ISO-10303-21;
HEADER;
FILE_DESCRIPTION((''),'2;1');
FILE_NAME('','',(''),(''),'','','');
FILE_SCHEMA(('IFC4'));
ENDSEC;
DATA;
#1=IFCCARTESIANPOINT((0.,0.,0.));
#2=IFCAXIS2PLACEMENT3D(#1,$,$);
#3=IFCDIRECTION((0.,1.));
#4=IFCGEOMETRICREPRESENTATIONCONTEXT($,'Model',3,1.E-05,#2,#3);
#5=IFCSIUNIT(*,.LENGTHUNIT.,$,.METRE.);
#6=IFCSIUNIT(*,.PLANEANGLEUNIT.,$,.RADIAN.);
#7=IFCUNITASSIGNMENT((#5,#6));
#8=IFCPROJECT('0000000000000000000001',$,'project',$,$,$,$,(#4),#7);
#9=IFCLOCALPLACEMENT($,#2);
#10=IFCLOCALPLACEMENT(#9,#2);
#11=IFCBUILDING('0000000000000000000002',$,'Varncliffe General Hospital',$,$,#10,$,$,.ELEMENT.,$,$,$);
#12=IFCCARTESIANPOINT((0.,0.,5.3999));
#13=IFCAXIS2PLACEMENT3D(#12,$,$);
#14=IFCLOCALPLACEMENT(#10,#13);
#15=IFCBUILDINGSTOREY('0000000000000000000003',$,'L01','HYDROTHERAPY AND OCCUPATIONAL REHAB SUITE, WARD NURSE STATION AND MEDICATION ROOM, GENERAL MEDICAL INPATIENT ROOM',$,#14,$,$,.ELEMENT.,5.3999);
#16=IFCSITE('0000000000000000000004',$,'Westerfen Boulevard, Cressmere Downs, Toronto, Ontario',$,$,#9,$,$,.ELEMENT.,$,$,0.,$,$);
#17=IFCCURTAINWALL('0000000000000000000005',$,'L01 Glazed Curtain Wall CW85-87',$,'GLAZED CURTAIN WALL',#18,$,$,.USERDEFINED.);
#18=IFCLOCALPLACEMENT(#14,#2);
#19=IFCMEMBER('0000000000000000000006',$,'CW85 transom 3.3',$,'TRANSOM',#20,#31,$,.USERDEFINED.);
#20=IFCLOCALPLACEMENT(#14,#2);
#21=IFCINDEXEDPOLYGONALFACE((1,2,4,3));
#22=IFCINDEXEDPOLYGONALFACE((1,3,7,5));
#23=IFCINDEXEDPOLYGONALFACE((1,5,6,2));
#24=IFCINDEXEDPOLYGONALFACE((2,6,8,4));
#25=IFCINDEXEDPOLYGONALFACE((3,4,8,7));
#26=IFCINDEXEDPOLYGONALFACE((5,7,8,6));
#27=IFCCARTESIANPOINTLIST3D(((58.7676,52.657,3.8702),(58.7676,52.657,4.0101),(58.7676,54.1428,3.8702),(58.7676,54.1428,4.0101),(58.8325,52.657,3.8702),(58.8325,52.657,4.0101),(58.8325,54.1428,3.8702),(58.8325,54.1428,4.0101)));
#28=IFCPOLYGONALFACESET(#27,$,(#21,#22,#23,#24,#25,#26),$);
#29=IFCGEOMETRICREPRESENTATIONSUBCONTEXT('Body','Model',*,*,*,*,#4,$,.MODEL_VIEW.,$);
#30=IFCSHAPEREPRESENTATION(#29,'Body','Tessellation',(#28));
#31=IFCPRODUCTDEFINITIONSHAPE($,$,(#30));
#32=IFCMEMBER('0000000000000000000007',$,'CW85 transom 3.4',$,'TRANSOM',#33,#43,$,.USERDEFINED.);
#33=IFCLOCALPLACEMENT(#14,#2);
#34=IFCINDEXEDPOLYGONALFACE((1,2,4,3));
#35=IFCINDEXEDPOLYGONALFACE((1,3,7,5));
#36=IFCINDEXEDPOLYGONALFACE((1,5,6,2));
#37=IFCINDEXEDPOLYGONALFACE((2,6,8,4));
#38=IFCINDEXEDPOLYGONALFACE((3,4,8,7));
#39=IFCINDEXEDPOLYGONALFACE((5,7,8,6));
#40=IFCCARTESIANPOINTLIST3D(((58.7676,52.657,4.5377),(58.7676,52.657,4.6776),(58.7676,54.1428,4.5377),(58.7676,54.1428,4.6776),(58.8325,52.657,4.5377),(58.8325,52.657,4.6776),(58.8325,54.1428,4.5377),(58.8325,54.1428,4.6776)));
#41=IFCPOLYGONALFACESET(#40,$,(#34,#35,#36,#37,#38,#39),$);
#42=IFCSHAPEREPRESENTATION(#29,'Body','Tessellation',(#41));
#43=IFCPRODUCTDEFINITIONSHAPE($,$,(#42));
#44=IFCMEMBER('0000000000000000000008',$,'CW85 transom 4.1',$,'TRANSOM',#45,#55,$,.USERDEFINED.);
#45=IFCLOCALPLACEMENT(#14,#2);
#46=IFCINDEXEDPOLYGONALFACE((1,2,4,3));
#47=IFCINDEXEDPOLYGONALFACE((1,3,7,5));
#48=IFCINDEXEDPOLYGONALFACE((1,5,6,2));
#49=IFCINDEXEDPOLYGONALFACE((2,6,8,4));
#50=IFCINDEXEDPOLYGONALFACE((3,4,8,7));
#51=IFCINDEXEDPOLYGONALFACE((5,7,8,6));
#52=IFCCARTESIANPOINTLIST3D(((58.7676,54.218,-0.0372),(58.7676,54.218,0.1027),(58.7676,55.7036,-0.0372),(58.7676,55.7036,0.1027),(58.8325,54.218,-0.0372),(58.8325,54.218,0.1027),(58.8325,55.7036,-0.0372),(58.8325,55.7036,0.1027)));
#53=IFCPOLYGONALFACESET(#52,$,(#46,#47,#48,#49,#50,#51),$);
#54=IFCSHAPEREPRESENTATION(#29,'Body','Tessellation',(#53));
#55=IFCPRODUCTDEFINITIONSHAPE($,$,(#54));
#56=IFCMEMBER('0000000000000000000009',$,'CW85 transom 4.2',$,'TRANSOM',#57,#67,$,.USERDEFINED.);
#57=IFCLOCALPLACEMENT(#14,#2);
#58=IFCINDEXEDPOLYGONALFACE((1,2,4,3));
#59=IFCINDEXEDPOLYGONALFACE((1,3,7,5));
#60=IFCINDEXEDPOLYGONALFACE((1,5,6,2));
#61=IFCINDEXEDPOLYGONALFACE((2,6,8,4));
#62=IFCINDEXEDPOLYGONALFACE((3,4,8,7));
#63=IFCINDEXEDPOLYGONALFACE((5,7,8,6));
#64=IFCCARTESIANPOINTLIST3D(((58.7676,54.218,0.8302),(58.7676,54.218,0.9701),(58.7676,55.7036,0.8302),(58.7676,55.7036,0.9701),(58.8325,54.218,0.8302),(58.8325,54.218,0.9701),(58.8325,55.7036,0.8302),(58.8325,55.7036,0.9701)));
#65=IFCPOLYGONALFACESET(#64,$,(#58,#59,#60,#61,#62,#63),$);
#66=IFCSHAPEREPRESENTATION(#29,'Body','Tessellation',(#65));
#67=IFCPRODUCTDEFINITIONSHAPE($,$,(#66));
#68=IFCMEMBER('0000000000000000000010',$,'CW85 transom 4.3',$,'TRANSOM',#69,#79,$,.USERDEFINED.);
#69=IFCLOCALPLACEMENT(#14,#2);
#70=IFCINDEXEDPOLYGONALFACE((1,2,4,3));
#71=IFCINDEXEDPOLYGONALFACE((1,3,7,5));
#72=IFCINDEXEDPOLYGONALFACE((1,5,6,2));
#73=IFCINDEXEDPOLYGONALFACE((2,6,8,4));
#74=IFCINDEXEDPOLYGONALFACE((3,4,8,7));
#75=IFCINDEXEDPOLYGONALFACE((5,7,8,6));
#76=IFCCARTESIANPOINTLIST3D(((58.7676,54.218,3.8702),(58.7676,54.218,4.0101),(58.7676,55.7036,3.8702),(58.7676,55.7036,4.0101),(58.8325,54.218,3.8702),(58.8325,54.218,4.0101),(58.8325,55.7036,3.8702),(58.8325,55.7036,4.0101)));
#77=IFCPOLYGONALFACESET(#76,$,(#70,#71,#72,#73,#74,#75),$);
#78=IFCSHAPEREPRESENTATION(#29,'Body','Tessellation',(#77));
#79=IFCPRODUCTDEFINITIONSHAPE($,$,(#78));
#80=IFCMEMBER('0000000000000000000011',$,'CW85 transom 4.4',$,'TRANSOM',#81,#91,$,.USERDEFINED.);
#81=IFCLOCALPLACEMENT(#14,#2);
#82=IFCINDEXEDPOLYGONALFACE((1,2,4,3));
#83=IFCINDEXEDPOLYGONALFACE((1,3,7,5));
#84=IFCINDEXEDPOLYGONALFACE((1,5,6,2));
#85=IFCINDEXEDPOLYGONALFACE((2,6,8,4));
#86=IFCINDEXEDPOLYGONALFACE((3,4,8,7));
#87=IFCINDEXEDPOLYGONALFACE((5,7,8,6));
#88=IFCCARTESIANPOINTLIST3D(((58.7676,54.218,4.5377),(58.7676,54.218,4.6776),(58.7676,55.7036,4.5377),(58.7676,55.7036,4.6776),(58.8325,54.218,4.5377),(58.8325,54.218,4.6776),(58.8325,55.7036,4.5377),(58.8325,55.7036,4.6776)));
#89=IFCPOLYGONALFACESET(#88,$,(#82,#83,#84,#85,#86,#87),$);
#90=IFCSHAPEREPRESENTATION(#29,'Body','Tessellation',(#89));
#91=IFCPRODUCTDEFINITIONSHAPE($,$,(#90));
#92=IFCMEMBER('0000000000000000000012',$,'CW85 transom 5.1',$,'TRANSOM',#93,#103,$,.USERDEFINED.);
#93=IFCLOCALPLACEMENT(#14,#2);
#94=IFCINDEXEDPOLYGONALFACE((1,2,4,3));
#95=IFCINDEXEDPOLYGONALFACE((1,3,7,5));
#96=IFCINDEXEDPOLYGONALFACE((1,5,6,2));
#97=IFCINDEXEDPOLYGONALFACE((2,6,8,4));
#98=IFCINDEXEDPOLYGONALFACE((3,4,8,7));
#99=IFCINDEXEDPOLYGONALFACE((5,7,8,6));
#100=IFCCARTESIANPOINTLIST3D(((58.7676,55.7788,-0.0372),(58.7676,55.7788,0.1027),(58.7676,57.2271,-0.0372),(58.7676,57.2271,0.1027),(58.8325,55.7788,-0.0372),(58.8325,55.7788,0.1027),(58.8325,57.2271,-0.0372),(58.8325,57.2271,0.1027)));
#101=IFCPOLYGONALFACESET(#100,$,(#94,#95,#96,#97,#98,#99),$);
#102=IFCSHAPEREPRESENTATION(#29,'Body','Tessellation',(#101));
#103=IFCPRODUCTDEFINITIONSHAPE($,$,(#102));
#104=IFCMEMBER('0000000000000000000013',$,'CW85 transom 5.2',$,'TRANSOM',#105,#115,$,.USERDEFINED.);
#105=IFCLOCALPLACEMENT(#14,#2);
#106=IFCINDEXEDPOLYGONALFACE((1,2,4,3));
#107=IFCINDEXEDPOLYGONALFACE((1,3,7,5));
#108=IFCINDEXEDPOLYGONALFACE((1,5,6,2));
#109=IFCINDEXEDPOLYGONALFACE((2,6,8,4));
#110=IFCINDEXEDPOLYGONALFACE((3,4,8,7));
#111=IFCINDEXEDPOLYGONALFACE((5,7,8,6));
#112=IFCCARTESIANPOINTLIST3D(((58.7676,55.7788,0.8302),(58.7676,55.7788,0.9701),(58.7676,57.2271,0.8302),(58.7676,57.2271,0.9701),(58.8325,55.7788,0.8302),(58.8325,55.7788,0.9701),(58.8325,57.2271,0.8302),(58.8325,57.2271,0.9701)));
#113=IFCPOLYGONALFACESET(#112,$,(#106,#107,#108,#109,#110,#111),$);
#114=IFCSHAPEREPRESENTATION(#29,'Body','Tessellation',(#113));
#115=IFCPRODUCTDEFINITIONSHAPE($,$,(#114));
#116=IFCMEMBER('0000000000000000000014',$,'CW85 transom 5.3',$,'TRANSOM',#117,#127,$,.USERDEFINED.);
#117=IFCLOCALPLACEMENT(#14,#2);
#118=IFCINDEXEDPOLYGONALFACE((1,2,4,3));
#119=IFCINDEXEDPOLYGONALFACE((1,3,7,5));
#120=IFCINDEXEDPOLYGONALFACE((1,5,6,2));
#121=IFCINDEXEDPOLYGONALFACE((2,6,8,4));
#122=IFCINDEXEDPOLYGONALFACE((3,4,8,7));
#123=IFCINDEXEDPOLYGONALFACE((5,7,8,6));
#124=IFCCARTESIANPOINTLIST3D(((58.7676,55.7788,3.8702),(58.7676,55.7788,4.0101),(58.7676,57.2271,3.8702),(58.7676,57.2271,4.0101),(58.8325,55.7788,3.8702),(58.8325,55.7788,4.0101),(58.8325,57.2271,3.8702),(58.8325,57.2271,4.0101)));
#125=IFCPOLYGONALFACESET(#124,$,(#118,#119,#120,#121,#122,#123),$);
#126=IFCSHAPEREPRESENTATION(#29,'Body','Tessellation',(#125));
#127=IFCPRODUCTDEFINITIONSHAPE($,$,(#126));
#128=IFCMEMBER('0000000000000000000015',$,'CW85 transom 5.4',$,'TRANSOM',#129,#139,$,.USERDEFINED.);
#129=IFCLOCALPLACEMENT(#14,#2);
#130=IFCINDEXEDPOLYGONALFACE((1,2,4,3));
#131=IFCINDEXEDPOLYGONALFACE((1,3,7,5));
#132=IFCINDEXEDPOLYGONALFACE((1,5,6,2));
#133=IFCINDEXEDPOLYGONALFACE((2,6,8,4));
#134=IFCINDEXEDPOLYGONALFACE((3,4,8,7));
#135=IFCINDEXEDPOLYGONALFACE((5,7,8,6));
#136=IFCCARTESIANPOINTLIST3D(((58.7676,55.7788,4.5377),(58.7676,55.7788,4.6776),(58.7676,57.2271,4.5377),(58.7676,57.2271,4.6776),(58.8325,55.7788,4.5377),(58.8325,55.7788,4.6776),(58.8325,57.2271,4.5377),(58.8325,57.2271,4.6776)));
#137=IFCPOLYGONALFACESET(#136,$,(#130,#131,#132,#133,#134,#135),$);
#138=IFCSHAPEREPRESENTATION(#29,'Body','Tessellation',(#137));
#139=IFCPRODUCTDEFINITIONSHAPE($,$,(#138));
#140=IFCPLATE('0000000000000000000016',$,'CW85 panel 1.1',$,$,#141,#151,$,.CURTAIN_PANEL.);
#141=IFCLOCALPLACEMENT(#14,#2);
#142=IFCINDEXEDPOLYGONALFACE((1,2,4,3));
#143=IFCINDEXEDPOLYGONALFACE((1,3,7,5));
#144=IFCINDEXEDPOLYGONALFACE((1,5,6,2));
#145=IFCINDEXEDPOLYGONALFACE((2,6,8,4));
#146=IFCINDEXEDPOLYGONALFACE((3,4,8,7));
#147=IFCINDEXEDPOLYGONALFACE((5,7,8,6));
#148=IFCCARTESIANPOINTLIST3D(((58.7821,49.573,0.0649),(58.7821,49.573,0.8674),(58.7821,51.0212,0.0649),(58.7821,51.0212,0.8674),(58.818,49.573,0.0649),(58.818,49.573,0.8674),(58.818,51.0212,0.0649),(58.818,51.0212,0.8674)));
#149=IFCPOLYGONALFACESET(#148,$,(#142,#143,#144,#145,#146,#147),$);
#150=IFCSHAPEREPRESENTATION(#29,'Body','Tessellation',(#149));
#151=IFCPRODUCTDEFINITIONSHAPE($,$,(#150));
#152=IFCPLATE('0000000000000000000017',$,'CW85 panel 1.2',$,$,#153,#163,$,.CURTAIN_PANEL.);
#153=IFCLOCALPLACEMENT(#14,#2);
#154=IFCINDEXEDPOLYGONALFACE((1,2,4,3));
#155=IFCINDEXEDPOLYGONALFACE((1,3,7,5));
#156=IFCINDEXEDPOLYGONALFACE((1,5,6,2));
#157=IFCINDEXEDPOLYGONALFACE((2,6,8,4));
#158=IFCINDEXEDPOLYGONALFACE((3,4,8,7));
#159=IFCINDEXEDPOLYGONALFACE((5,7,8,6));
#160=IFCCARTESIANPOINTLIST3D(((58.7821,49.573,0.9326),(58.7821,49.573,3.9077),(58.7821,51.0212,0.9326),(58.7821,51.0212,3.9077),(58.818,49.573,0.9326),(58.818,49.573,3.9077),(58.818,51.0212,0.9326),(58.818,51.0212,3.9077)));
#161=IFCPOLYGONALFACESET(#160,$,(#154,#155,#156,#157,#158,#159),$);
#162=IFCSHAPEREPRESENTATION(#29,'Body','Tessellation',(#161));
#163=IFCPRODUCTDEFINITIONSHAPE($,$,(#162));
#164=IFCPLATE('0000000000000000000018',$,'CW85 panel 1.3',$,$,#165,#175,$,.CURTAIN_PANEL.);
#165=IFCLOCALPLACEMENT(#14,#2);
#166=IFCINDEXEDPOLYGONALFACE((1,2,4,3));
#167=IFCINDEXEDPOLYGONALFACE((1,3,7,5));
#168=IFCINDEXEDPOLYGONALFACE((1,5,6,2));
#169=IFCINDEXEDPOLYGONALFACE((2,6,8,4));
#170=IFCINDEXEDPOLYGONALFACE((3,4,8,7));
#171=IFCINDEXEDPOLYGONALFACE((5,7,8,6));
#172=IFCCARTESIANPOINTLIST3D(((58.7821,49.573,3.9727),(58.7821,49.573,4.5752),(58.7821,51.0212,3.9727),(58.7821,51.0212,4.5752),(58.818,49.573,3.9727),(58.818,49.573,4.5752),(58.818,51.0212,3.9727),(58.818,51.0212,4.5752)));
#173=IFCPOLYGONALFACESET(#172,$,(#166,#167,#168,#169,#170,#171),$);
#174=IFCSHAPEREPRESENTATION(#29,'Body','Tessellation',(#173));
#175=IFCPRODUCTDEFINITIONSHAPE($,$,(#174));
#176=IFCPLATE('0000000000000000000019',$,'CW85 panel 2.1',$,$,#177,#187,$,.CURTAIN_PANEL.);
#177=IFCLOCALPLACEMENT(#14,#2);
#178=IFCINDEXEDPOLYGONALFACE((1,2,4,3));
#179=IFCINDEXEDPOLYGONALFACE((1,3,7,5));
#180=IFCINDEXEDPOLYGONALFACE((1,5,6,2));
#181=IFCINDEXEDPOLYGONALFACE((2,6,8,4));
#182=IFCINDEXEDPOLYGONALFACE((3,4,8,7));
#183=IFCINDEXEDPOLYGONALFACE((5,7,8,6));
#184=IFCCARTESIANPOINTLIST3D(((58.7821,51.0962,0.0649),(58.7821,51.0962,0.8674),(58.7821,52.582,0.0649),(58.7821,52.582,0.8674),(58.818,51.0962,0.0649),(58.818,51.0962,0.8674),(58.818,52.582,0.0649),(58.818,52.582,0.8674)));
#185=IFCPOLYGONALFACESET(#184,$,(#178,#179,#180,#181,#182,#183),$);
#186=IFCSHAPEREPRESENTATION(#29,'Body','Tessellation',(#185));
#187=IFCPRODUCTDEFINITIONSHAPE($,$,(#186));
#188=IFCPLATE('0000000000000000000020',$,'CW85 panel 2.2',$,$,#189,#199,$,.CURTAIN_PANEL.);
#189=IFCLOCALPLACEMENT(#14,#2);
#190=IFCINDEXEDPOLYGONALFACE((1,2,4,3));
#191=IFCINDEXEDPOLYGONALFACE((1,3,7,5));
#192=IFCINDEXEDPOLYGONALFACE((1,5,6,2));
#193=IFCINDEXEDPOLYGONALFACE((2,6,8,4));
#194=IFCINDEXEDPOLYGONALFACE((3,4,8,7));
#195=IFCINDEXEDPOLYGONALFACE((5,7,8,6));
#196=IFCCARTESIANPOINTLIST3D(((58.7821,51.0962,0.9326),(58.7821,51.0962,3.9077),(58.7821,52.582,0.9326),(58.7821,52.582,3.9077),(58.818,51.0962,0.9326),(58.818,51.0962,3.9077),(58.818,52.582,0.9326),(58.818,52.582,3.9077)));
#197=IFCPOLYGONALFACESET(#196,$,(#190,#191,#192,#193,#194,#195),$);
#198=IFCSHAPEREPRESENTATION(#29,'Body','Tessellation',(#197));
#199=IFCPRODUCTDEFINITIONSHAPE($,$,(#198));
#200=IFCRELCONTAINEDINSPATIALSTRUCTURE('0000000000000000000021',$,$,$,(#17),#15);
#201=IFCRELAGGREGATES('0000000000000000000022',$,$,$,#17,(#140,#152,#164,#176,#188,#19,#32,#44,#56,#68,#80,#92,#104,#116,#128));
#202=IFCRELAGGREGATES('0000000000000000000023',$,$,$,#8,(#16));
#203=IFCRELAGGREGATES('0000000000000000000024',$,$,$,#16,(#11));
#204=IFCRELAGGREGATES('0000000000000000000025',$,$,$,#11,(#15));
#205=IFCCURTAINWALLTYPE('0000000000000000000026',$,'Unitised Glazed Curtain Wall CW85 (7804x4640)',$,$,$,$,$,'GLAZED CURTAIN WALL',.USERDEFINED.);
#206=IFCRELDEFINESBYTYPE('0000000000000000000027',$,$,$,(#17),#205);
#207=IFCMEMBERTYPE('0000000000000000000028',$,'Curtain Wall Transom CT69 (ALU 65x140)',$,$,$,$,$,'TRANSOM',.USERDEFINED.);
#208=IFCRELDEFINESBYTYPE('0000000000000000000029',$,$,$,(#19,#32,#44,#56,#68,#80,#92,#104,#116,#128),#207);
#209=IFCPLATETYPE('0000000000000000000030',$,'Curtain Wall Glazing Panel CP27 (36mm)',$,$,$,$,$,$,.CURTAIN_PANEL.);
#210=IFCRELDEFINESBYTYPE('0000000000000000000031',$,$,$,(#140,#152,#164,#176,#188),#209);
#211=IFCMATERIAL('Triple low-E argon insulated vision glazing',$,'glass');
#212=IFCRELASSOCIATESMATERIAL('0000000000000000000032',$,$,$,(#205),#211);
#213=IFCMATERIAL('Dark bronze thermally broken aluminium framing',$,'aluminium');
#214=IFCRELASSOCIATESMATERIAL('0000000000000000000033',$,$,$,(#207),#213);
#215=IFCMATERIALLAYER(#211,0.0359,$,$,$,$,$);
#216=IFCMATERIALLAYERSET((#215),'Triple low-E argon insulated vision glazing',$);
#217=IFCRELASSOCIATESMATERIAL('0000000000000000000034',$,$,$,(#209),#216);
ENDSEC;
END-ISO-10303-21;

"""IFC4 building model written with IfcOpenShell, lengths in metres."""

from ifc_helpers import new_model, si_unit, direction, frame, origin, origin_2d, place, context, subcontext, project, spatial, rectangle, extrude, material, layer, layer_set, material_profile, profile_set, type_object, element, aggregate, save


model = new_model("IFC4")

# Units and contexts
model_context = context("Model", 3, precision=1e-05, world=origin(), true_north=direction((0.0, 1.0)))
body_context = subcontext(model_context, "Body", "Model", "MODEL_VIEW")
ifc_project = project(units=[si_unit("LENGTHUNIT", "METRE"), si_unit("PLANEANGLEUNIT", "RADIAN")], contexts=[model_context])

# Site, building, storey
site_placement = place(None, origin())
site = spatial("IfcSite", under=ifc_project, at=site_placement, Name="Westerfen Boulevard, Cressmere Downs, Toronto, Ontario", CompositionType="ELEMENT", RefElevation=0.0)
building_placement = place(site_placement, origin())
building = spatial("IfcBuilding", under=site, at=building_placement, Name="Varncliffe General Hospital", CompositionType="ELEMENT")
storey_placement = place(building_placement, frame((0.0, 0.0, 5.3999)))
storey = spatial("IfcBuildingStorey", under=building, at=storey_placement, Name="L01", Description="HYDROTHERAPY AND OCCUPATIONAL REHAB SUITE, WARD NURSE STATION AND MEDICATION ROOM, GENERAL MEDICAL INPATIENT ROOM", CompositionType="ELEMENT", Elevation=5.3999)

# Curtain wall
ifc_material_1 = material(Name="Triple low-E argon insulated vision glazing", Category="glass")
curtain_wall_type_1 = type_object("IfcCurtainWallType", Name="Unitised Glazed Curtain Wall CW85 (7804x4640)", ElementType="GLAZED CURTAIN WALL", PredefinedType="USERDEFINED", material=ifc_material_1)
curtain_wall_1_placement = place(storey_placement, origin())
curtain_wall_1 = element("IfcCurtainWall", 1, at=curtain_wall_1_placement, inside=storey, type_object=curtain_wall_type_1, Name="L01 Glazed Curtain Wall CW85-87", ObjectType="GLAZED CURTAIN WALL", PredefinedType="USERDEFINED")
ifc_material_2 = material(Name="Dark bronze thermally broken aluminium framing", Category="aluminium")

# Members
ifc_material_profile_1 = material_profile(ifc_material_2, rectangle(XDim=0.0649, YDim=0.1399, at=origin_2d()), Name="ALU 65x140")
ifc_profile_set_1 = profile_set([ifc_material_profile_1], Name="Dark bronze thermally broken aluminium framing")
member_type_1 = type_object("IfcMemberType", Name="Curtain Wall Transom CT69 (ALU 65x140)", ElementType="TRANSOM", PredefinedType="USERDEFINED", material=ifc_profile_set_1)
member_1_placement = place(storey_placement, frame((58.8, 52.657, 3.9402), z_axis=(0.0, 1.0, 0.0), x_axis=(-1.0, 0.0, 0.0)))
member_1 = element("IfcMember", 2, at=member_1_placement, type_object=member_type_1, Name="CW85 transom 3.3", ObjectType="TRANSOM", PredefinedType="USERDEFINED", context=body_context, shape_type="SweptSolid", body=[
    extrude(rectangle(XDim=0.0649, YDim=0.1399, at=origin_2d()), origin(), (0.0, 0.0, 1.0), 1.4858),
])
member_2_placement = place(storey_placement, frame((58.8, 52.657, 4.6077), z_axis=(0.0, 1.0, 0.0), x_axis=(-1.0, 0.0, 0.0)))
member_2 = element("IfcMember", 3, at=member_2_placement, type_object=member_type_1, Name="CW85 transom 3.4", ObjectType="TRANSOM", PredefinedType="USERDEFINED", context=body_context, shape_type="SweptSolid", body=[
    extrude(rectangle(XDim=0.0649, YDim=0.1399, at=origin_2d()), origin(), (0.0, 0.0, 1.0), 1.4858),
])
member_3_placement = place(storey_placement, frame((58.8, 54.218, 0.0327), z_axis=(0.0, 1.0, 0.0), x_axis=(-1.0, 0.0, 0.0)))
member_3 = element("IfcMember", 4, at=member_3_placement, type_object=member_type_1, Name="CW85 transom 4.1", ObjectType="TRANSOM", PredefinedType="USERDEFINED", context=body_context, shape_type="SweptSolid", body=[
    extrude(rectangle(XDim=0.0649, YDim=0.1399, at=origin_2d()), origin(), (0.0, 0.0, 1.0), 1.4856),
])
member_4_placement = place(storey_placement, frame((58.8, 54.218, 0.9001), z_axis=(0.0, 1.0, 0.0), x_axis=(-1.0, 0.0, 0.0)))
member_4 = element("IfcMember", 5, at=member_4_placement, type_object=member_type_1, Name="CW85 transom 4.2", ObjectType="TRANSOM", PredefinedType="USERDEFINED", context=body_context, shape_type="SweptSolid", body=[
    extrude(rectangle(XDim=0.0649, YDim=0.1399, at=origin_2d()), origin(), (0.0, 0.0, 1.0), 1.4856),
])
member_5_placement = place(storey_placement, frame((58.8, 54.218, 3.9402), z_axis=(0.0, 1.0, 0.0), x_axis=(-1.0, 0.0, 0.0)))
member_5 = element("IfcMember", 6, at=member_5_placement, type_object=member_type_1, Name="CW85 transom 4.3", ObjectType="TRANSOM", PredefinedType="USERDEFINED", context=body_context, shape_type="SweptSolid", body=[
    extrude(rectangle(XDim=0.0649, YDim=0.1399, at=origin_2d()), origin(), (0.0, 0.0, 1.0), 1.4856),
])
member_6_placement = place(storey_placement, frame((58.8, 54.218, 4.6077), z_axis=(0.0, 1.0, 0.0), x_axis=(-1.0, 0.0, 0.0)))
member_6 = element("IfcMember", 7, at=member_6_placement, type_object=member_type_1, Name="CW85 transom 4.4", ObjectType="TRANSOM", PredefinedType="USERDEFINED", context=body_context, shape_type="SweptSolid", body=[
    extrude(rectangle(XDim=0.0649, YDim=0.1399, at=origin_2d()), origin(), (0.0, 0.0, 1.0), 1.4856),
])
member_7_placement = place(storey_placement, frame((58.8, 55.7788, 0.0327), z_axis=(0.0, 1.0, 0.0), x_axis=(-1.0, 0.0, 0.0)))
member_7 = element("IfcMember", 8, at=member_7_placement, type_object=member_type_1, Name="CW85 transom 5.1", ObjectType="TRANSOM", PredefinedType="USERDEFINED", context=body_context, shape_type="SweptSolid", body=[
    extrude(rectangle(XDim=0.0649, YDim=0.1399, at=origin_2d()), origin(), (0.0, 0.0, 1.0), 1.4482),
])
member_8_placement = place(storey_placement, frame((58.8, 55.7788, 0.9001), z_axis=(0.0, 1.0, 0.0), x_axis=(-1.0, 0.0, 0.0)))
member_8 = element("IfcMember", 9, at=member_8_placement, type_object=member_type_1, Name="CW85 transom 5.2", ObjectType="TRANSOM", PredefinedType="USERDEFINED", context=body_context, shape_type="SweptSolid", body=[
    extrude(rectangle(XDim=0.0649, YDim=0.1399, at=origin_2d()), origin(), (0.0, 0.0, 1.0), 1.4482),
])
member_9_placement = place(storey_placement, frame((58.8, 55.7788, 3.9402), z_axis=(0.0, 1.0, 0.0), x_axis=(-1.0, 0.0, 0.0)))
member_9 = element("IfcMember", 10, at=member_9_placement, type_object=member_type_1, Name="CW85 transom 5.3", ObjectType="TRANSOM", PredefinedType="USERDEFINED", context=body_context, shape_type="SweptSolid", body=[
    extrude(rectangle(XDim=0.0649, YDim=0.1399, at=origin_2d()), origin(), (0.0, 0.0, 1.0), 1.4482),
])
member_10_placement = place(storey_placement, frame((58.8, 55.7788, 4.6077), z_axis=(0.0, 1.0, 0.0), x_axis=(-1.0, 0.0, 0.0)))
member_10 = element("IfcMember", 11, at=member_10_placement, type_object=member_type_1, Name="CW85 transom 5.4", ObjectType="TRANSOM", PredefinedType="USERDEFINED", context=body_context, shape_type="SweptSolid", body=[
    extrude(rectangle(XDim=0.0649, YDim=0.1399, at=origin_2d()), origin(), (0.0, 0.0, 1.0), 1.4482),
])

# Plates
ifc_layer = layer(ifc_material_1, 0.0359)
ifc_layer_set = layer_set([ifc_layer], Name="Triple low-E argon insulated vision glazing")
plate_type = type_object("IfcPlateType", Name="Curtain Wall Glazing Panel CP27 (36mm)", PredefinedType="CURTAIN_PANEL", material=ifc_layer_set)
plate_1_placement = place(storey_placement, frame((58.8, 50.2971, 0.0649), z_axis=(0.0, 0.0, 1.0), x_axis=(0.0, 1.0, 0.0)))
plate_1 = element("IfcPlate", 12, at=plate_1_placement, type_object=plate_type, Name="CW85 panel 1.1", PredefinedType="CURTAIN_PANEL", context=body_context, shape_type="SweptSolid", body=[
    extrude(rectangle(XDim=1.4482, YDim=0.0359, at=origin_2d()), origin(), (0.0, 0.0, 1.0), 0.8025),
])
plate_2_placement = place(storey_placement, frame((58.8, 50.2971, 0.9326), z_axis=(0.0, 0.0, 1.0), x_axis=(0.0, 1.0, 0.0)))
plate_2 = element("IfcPlate", 13, at=plate_2_placement, type_object=plate_type, Name="CW85 panel 1.2", PredefinedType="CURTAIN_PANEL", context=body_context, shape_type="SweptSolid", body=[
    extrude(rectangle(XDim=1.4482, YDim=0.0359, at=origin_2d()), origin(), (0.0, 0.0, 1.0), 2.9751),
])
plate_3_placement = place(storey_placement, frame((58.8, 50.2971, 3.9727), z_axis=(0.0, 0.0, 1.0), x_axis=(0.0, 1.0, 0.0)))
plate_3 = element("IfcPlate", 14, at=plate_3_placement, type_object=plate_type, Name="CW85 panel 1.3", PredefinedType="CURTAIN_PANEL", context=body_context, shape_type="SweptSolid", body=[
    extrude(rectangle(XDim=1.4482, YDim=0.0359, at=origin_2d()), origin(), (0.0, 0.0, 1.0), 0.6025),
])
plate_4_placement = place(storey_placement, frame((58.8, 51.8391, 0.0649), z_axis=(0.0, 0.0, 1.0), x_axis=(0.0, 1.0, 0.0)))
plate_4 = element("IfcPlate", 15, at=plate_4_placement, type_object=plate_type, Name="CW85 panel 2.1", PredefinedType="CURTAIN_PANEL", context=body_context, shape_type="SweptSolid", body=[
    extrude(rectangle(XDim=1.4858, YDim=0.0359, at=origin_2d()), origin(), (0.0, 0.0, 1.0), 0.8025),
])
plate_5_placement = place(storey_placement, frame((58.8, 51.8391, 0.9326), z_axis=(0.0, 0.0, 1.0), x_axis=(0.0, 1.0, 0.0)))
plate_5 = element("IfcPlate", 16, at=plate_5_placement, type_object=plate_type, Name="CW85 panel 2.2", PredefinedType="CURTAIN_PANEL", context=body_context, shape_type="SweptSolid", body=[
    extrude(rectangle(XDim=1.4858, YDim=0.0359, at=origin_2d()), origin(), (0.0, 0.0, 1.0), 2.9751),
])
aggregate(curtain_wall_1, [plate_1, plate_2, plate_3, plate_4, plate_5, member_1, member_2, member_3, member_4, member_5, member_6, member_7, member_8, member_9, member_10])

save(model, "model.ifc")
